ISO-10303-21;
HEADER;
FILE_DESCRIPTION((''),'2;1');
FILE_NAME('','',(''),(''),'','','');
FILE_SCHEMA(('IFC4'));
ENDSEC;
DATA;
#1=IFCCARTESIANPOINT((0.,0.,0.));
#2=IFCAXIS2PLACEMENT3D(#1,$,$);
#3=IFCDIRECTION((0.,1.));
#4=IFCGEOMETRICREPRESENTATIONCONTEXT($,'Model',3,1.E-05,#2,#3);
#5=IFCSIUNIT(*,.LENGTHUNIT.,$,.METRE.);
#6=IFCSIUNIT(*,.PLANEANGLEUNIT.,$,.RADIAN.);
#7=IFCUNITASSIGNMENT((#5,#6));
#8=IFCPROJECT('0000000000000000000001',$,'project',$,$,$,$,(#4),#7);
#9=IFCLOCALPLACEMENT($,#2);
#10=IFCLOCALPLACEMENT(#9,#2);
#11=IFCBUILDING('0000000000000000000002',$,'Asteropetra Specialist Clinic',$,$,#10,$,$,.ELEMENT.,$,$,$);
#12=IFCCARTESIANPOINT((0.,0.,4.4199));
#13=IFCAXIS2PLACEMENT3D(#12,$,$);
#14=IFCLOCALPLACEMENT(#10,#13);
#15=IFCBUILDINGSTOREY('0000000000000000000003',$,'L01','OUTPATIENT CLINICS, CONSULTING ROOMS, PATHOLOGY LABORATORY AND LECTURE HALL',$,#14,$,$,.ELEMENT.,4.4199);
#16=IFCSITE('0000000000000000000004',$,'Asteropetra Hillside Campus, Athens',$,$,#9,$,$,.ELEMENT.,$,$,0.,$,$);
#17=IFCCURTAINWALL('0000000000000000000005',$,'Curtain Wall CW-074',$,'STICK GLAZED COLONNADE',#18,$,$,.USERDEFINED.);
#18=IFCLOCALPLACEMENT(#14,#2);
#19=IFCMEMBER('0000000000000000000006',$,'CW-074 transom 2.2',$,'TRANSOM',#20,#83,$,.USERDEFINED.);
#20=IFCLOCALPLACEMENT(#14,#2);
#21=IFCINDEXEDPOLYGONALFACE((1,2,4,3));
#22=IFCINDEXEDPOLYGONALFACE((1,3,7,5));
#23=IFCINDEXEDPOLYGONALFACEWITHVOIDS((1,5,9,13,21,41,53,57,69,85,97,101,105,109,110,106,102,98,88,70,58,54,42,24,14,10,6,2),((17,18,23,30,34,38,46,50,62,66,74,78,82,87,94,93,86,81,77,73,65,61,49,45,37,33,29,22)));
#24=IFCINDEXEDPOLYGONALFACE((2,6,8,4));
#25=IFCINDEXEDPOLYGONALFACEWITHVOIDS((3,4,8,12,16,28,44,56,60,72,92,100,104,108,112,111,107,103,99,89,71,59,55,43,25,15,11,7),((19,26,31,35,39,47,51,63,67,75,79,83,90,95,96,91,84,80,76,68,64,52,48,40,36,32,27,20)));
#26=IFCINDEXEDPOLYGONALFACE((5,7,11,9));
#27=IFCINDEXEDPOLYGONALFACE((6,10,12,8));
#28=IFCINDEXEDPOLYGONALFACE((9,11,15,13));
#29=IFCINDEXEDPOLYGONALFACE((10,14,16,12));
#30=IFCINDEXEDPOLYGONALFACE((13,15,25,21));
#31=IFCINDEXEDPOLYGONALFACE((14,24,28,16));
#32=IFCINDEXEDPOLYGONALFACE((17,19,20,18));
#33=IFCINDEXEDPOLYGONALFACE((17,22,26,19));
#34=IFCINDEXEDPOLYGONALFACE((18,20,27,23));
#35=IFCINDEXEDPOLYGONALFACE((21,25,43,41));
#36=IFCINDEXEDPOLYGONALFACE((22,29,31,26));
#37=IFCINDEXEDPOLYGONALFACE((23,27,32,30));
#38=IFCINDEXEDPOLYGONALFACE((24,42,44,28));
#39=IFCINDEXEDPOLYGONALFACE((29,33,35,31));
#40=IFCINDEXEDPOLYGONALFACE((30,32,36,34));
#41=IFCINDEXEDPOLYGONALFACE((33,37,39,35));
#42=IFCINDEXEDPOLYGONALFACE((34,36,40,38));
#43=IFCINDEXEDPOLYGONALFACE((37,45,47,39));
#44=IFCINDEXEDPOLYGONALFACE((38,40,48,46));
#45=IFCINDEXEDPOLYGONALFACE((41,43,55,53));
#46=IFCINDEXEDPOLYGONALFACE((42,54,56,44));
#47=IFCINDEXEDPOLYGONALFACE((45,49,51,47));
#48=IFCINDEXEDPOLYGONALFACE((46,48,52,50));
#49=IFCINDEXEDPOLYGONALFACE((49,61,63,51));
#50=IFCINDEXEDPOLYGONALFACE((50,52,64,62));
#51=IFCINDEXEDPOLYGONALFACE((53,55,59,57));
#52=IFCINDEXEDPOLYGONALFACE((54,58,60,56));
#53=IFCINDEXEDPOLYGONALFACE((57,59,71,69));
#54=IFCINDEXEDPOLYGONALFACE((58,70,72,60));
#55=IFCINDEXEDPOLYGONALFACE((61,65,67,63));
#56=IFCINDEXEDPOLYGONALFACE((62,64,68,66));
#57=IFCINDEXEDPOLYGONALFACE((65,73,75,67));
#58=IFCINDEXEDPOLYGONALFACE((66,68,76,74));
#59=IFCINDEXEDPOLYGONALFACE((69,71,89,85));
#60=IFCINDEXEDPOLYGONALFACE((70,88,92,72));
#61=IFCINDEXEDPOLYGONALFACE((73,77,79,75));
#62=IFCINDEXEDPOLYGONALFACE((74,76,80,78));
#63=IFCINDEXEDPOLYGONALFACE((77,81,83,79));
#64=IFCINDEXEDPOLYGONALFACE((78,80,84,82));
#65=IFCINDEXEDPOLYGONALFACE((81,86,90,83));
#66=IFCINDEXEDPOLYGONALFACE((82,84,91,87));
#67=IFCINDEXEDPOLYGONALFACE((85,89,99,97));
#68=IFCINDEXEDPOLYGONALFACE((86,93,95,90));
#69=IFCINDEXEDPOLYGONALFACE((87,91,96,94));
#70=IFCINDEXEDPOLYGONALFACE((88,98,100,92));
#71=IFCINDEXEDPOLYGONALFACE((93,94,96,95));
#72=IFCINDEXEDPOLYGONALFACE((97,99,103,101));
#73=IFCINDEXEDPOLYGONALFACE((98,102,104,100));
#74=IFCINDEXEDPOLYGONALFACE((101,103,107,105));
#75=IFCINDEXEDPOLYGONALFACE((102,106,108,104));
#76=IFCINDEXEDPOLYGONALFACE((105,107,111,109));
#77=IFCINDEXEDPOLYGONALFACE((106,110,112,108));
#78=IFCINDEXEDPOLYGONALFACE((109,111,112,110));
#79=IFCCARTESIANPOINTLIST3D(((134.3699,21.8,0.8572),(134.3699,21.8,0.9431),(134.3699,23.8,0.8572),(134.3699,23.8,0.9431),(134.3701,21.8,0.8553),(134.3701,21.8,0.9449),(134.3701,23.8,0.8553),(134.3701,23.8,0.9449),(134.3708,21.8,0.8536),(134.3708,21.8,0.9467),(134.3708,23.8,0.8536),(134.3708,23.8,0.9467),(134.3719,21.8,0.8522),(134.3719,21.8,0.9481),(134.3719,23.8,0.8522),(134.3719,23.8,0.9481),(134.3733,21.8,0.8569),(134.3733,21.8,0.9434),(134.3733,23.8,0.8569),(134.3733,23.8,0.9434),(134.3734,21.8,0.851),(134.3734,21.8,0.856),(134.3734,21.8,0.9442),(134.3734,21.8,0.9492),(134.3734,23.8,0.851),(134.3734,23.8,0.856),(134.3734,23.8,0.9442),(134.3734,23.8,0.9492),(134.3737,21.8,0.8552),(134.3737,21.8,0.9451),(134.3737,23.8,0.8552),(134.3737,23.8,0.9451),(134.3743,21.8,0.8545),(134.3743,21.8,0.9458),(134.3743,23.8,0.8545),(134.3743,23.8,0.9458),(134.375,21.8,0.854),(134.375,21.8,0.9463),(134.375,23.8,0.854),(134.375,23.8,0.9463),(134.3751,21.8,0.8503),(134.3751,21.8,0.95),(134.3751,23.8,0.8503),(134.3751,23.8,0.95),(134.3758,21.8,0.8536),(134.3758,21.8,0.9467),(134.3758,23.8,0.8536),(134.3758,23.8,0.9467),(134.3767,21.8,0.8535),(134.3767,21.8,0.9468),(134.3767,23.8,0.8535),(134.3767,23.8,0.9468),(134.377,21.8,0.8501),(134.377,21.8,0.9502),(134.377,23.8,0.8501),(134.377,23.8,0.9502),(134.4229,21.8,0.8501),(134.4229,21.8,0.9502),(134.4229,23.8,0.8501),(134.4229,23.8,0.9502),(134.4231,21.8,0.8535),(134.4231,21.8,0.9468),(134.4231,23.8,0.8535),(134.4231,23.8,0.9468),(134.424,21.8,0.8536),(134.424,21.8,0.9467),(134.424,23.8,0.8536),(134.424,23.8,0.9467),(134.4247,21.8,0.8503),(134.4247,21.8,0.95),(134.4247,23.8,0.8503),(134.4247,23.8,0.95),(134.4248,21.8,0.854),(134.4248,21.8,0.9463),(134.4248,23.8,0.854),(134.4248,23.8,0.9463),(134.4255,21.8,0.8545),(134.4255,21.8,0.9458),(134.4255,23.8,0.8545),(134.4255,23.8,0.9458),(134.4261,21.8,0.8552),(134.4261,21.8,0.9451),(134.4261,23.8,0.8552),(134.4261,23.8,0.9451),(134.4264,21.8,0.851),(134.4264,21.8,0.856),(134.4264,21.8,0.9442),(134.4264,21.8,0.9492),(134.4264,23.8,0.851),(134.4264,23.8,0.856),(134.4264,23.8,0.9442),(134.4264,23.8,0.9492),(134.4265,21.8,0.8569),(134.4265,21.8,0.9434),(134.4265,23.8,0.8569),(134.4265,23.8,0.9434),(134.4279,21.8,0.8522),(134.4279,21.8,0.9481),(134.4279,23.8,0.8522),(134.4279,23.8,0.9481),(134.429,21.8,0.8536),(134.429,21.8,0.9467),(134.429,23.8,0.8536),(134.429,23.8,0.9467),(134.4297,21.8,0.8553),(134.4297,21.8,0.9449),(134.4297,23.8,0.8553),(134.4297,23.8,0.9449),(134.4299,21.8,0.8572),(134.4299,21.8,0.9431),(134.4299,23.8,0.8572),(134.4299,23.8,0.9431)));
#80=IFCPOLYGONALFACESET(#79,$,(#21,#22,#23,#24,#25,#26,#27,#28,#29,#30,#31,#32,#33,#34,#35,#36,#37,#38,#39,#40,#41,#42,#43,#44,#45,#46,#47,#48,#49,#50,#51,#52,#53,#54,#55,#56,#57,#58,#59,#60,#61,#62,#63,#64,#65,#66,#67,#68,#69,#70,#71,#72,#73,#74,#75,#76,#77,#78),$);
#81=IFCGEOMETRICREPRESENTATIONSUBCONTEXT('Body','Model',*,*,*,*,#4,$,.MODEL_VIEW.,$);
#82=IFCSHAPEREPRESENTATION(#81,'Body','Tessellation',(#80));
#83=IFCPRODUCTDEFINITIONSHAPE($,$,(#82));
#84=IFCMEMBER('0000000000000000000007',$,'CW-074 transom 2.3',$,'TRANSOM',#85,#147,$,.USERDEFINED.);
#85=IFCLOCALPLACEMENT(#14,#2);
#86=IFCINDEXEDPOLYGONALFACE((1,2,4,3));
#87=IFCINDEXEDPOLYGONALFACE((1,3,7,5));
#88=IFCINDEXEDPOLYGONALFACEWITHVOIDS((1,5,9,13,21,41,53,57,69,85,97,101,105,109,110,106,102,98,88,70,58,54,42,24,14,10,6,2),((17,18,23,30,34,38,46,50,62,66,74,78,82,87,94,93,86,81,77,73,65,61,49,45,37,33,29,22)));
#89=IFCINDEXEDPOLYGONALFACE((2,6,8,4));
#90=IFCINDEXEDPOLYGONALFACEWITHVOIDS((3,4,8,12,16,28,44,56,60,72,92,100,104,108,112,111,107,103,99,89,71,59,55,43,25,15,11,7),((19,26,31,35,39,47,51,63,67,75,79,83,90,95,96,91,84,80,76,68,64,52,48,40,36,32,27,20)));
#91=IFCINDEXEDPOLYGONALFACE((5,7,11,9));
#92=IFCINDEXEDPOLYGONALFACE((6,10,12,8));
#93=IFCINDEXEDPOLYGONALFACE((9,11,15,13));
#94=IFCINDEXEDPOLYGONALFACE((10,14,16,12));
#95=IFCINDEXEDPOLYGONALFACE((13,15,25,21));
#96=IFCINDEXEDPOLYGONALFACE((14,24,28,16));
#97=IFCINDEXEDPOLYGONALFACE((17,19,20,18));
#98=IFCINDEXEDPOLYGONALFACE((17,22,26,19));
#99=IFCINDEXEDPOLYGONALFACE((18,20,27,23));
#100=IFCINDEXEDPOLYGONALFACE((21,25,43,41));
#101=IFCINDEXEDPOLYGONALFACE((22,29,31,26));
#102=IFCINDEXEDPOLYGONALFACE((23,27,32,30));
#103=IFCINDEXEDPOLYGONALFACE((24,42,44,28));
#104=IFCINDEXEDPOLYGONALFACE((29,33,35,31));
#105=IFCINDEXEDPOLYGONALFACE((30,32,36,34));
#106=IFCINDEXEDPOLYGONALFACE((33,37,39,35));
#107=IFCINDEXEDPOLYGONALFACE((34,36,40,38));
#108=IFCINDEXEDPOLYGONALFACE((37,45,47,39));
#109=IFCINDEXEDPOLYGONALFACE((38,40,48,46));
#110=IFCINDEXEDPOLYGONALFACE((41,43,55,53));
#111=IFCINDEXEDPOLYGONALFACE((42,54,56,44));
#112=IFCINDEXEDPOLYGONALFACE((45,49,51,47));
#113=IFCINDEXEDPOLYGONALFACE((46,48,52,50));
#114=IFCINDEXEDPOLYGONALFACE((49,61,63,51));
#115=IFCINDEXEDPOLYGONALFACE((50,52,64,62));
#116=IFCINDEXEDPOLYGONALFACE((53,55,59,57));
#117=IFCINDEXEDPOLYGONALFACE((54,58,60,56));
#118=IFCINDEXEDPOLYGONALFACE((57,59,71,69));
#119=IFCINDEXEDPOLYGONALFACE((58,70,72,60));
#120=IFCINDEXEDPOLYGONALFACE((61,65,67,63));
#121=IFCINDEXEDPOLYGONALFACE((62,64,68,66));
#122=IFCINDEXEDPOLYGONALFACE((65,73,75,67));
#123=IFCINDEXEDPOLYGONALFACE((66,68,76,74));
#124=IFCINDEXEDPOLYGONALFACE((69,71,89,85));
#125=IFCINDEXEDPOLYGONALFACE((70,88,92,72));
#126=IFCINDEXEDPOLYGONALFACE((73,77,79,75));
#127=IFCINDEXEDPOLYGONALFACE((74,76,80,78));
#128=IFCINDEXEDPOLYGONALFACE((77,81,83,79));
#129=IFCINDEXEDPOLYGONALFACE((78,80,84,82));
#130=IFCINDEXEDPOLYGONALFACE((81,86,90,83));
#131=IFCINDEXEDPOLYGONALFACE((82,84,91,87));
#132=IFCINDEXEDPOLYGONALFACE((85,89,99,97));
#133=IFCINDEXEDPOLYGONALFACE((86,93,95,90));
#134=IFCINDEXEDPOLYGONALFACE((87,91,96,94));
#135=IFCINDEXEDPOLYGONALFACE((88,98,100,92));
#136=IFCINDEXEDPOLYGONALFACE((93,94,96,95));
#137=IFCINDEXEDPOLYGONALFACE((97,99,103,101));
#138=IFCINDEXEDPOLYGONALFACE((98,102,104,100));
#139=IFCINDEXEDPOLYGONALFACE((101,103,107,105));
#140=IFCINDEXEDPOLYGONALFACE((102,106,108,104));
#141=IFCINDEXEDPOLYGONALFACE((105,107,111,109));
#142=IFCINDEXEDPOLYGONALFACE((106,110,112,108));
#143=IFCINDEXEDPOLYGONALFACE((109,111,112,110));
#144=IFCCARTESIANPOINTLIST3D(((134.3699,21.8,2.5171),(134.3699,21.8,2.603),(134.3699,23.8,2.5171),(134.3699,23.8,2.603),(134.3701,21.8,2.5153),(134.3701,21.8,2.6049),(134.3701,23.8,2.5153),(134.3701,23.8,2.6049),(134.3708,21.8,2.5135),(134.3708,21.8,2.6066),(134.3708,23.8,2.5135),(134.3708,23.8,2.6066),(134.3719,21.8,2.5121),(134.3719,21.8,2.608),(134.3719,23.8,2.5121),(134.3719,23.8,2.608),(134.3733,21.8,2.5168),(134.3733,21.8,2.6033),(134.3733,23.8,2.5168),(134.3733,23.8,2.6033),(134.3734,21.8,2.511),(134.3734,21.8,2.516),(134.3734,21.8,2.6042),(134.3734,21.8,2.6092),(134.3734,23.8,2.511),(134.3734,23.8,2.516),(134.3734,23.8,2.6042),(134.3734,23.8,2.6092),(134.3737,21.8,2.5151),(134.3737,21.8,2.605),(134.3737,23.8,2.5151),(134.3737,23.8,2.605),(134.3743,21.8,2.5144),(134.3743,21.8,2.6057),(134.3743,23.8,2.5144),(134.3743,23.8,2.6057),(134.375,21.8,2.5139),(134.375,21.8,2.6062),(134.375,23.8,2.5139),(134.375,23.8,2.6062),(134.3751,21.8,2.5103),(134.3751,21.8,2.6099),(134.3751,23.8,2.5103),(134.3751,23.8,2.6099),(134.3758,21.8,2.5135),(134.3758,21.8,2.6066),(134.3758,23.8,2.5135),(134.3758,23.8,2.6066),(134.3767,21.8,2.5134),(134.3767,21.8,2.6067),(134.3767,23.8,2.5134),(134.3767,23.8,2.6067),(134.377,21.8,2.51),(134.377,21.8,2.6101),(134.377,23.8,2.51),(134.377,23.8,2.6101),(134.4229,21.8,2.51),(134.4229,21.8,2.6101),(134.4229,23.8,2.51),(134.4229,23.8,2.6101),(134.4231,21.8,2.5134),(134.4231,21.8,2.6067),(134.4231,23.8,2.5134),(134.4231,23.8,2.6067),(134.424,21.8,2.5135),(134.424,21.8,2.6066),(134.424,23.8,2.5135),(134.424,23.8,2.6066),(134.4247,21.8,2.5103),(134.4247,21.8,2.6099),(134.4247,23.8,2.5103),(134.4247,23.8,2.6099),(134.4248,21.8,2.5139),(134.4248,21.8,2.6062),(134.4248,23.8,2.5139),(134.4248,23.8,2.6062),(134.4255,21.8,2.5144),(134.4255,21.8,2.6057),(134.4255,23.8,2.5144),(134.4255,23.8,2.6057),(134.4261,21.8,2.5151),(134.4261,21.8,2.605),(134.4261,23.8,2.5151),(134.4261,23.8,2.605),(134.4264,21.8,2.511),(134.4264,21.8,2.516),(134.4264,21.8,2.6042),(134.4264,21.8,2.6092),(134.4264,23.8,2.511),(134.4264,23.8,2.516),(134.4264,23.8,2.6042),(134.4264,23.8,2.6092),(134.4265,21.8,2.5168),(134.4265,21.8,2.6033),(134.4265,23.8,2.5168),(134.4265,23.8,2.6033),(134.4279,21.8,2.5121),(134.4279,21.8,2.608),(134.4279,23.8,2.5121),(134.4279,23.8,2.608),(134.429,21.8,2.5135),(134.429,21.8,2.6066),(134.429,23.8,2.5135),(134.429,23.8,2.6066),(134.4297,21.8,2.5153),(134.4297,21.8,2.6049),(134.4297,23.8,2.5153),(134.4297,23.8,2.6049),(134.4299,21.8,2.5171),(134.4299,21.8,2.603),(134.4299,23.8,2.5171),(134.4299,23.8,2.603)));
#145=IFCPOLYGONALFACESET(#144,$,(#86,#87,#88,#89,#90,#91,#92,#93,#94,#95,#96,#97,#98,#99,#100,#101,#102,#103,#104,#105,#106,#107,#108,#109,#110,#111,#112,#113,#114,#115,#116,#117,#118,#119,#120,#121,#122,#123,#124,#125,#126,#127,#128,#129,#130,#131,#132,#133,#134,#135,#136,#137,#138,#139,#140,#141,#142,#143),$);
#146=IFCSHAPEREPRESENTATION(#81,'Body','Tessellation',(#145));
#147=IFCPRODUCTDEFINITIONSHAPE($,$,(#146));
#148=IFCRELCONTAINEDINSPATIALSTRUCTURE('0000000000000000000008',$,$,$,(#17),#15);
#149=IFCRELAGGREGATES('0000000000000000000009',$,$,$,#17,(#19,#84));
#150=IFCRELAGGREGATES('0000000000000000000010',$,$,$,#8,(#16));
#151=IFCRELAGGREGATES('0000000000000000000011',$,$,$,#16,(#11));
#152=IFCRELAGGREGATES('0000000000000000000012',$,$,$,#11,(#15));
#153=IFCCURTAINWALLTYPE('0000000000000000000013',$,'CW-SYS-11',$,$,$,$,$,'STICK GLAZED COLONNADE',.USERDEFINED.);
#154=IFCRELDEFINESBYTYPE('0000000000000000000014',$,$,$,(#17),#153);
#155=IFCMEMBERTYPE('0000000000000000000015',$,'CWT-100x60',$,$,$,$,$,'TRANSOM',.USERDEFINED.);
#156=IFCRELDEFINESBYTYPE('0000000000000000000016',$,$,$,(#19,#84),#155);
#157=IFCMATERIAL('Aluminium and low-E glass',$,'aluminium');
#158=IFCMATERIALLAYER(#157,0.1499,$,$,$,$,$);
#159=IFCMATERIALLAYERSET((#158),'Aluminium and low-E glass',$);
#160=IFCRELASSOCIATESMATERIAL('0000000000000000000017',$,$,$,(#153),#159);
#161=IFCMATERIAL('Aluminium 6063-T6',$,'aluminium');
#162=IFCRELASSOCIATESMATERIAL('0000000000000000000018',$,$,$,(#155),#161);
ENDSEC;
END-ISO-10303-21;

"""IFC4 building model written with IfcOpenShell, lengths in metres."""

from ifc_helpers import new_model, si_unit, direction, frame, origin, origin_2d, place, context, subcontext, project, spatial, hollow_rectangle, extrude, material, layer, layer_set, material_profile, profile_set, type_object, element, aggregate, save


model = new_model("IFC4")

# Units and contexts
model_context = context("Model", 3, precision=1e-05, world=origin(), true_north=direction((0.0, 1.0)))
body_context = subcontext(model_context, "Body", "Model", "MODEL_VIEW")
ifc_project = project(units=[si_unit("LENGTHUNIT", "METRE"), si_unit("PLANEANGLEUNIT", "RADIAN")], contexts=[model_context])

# Site, building, storey
site_placement = place(None, origin())
site = spatial("IfcSite", under=ifc_project, at=site_placement, Name="Asteropetra Hillside Campus, Athens", CompositionType="ELEMENT", RefElevation=0.0)
building_placement = place(site_placement, origin())
building = spatial("IfcBuilding", under=site, at=building_placement, Name="Asteropetra Specialist Clinic", CompositionType="ELEMENT")
storey_placement = place(building_placement, frame((0.0, 0.0, 4.4199)))
storey = spatial("IfcBuildingStorey", under=building, at=storey_placement, Name="L01", Description="OUTPATIENT CLINICS, CONSULTING ROOMS, PATHOLOGY LABORATORY AND LECTURE HALL", CompositionType="ELEMENT", Elevation=4.4199)

# Curtain wall
ifc_material_1 = material(Name="Aluminium and low-E glass", Category="aluminium")
ifc_layer_1 = layer(ifc_material_1, 0.1499)
ifc_layer_set_1 = layer_set([ifc_layer_1], Name="Aluminium and low-E glass")
curtain_wall_type_1 = type_object("IfcCurtainWallType", Name="CW-SYS-11", ElementType="STICK GLAZED COLONNADE", PredefinedType="USERDEFINED", material=ifc_layer_set_1)
curtain_wall_1_placement = place(storey_placement, origin())
curtain_wall_1 = element("IfcCurtainWall", 1, at=curtain_wall_1_placement, inside=storey, type_object=curtain_wall_type_1, Name="Curtain Wall CW-074", ObjectType="STICK GLAZED COLONNADE", PredefinedType="USERDEFINED")

# Members
ifc_material_2 = material(Name="Aluminium 6063-T6", Category="aluminium")
ifc_material_profile_1 = material_profile(ifc_material_2, hollow_rectangle(XDim=0.0601, YDim=0.1001, WallThickness=0.0034, InnerFilletRadius=0.0034, OuterFilletRadius=0.0071, at=origin_2d()), Name="TRN 100x60x3.5")
ifc_profile_set_1 = profile_set([ifc_material_profile_1], Name="Aluminium 6063-T6")
member_type_1 = type_object("IfcMemberType", Name="CWT-100x60", ElementType="TRANSOM", PredefinedType="USERDEFINED", material=ifc_profile_set_1)
member_1_placement = place(storey_placement, frame((134.3999, 21.8, 0.9001), z_axis=(0.0, 1.0, 0.0), x_axis=(-1.0, 0.0, 0.0)))
member_1 = element("IfcMember", 2, at=member_1_placement, type_object=member_type_1, Name="CW-074 transom 2.2", ObjectType="TRANSOM", PredefinedType="USERDEFINED", context=body_context, shape_type="SweptSolid", body=[
    extrude(hollow_rectangle(XDim=0.0601, YDim=0.1001, WallThickness=0.0034, InnerFilletRadius=0.0034, OuterFilletRadius=0.0071, at=origin_2d()), origin(), (0.0, 0.0, 1.0), 2.0),
])
member_2_placement = place(storey_placement, frame((134.3999, 21.8, 2.5601), z_axis=(0.0, 1.0, 0.0), x_axis=(-1.0, 0.0, 0.0)))
member_2 = element("IfcMember", 3, at=member_2_placement, type_object=member_type_1, Name="CW-074 transom 2.3", ObjectType="TRANSOM", PredefinedType="USERDEFINED", context=body_context, shape_type="SweptSolid", body=[
    extrude(hollow_rectangle(XDim=0.0601, YDim=0.1001, WallThickness=0.0034, InnerFilletRadius=0.0034, OuterFilletRadius=0.0071, at=origin_2d()), origin(), (0.0, 0.0, 1.0), 2.0),
])

aggregate(curtain_wall_1, [member_1, member_2])

save(model, "model.ifc")
